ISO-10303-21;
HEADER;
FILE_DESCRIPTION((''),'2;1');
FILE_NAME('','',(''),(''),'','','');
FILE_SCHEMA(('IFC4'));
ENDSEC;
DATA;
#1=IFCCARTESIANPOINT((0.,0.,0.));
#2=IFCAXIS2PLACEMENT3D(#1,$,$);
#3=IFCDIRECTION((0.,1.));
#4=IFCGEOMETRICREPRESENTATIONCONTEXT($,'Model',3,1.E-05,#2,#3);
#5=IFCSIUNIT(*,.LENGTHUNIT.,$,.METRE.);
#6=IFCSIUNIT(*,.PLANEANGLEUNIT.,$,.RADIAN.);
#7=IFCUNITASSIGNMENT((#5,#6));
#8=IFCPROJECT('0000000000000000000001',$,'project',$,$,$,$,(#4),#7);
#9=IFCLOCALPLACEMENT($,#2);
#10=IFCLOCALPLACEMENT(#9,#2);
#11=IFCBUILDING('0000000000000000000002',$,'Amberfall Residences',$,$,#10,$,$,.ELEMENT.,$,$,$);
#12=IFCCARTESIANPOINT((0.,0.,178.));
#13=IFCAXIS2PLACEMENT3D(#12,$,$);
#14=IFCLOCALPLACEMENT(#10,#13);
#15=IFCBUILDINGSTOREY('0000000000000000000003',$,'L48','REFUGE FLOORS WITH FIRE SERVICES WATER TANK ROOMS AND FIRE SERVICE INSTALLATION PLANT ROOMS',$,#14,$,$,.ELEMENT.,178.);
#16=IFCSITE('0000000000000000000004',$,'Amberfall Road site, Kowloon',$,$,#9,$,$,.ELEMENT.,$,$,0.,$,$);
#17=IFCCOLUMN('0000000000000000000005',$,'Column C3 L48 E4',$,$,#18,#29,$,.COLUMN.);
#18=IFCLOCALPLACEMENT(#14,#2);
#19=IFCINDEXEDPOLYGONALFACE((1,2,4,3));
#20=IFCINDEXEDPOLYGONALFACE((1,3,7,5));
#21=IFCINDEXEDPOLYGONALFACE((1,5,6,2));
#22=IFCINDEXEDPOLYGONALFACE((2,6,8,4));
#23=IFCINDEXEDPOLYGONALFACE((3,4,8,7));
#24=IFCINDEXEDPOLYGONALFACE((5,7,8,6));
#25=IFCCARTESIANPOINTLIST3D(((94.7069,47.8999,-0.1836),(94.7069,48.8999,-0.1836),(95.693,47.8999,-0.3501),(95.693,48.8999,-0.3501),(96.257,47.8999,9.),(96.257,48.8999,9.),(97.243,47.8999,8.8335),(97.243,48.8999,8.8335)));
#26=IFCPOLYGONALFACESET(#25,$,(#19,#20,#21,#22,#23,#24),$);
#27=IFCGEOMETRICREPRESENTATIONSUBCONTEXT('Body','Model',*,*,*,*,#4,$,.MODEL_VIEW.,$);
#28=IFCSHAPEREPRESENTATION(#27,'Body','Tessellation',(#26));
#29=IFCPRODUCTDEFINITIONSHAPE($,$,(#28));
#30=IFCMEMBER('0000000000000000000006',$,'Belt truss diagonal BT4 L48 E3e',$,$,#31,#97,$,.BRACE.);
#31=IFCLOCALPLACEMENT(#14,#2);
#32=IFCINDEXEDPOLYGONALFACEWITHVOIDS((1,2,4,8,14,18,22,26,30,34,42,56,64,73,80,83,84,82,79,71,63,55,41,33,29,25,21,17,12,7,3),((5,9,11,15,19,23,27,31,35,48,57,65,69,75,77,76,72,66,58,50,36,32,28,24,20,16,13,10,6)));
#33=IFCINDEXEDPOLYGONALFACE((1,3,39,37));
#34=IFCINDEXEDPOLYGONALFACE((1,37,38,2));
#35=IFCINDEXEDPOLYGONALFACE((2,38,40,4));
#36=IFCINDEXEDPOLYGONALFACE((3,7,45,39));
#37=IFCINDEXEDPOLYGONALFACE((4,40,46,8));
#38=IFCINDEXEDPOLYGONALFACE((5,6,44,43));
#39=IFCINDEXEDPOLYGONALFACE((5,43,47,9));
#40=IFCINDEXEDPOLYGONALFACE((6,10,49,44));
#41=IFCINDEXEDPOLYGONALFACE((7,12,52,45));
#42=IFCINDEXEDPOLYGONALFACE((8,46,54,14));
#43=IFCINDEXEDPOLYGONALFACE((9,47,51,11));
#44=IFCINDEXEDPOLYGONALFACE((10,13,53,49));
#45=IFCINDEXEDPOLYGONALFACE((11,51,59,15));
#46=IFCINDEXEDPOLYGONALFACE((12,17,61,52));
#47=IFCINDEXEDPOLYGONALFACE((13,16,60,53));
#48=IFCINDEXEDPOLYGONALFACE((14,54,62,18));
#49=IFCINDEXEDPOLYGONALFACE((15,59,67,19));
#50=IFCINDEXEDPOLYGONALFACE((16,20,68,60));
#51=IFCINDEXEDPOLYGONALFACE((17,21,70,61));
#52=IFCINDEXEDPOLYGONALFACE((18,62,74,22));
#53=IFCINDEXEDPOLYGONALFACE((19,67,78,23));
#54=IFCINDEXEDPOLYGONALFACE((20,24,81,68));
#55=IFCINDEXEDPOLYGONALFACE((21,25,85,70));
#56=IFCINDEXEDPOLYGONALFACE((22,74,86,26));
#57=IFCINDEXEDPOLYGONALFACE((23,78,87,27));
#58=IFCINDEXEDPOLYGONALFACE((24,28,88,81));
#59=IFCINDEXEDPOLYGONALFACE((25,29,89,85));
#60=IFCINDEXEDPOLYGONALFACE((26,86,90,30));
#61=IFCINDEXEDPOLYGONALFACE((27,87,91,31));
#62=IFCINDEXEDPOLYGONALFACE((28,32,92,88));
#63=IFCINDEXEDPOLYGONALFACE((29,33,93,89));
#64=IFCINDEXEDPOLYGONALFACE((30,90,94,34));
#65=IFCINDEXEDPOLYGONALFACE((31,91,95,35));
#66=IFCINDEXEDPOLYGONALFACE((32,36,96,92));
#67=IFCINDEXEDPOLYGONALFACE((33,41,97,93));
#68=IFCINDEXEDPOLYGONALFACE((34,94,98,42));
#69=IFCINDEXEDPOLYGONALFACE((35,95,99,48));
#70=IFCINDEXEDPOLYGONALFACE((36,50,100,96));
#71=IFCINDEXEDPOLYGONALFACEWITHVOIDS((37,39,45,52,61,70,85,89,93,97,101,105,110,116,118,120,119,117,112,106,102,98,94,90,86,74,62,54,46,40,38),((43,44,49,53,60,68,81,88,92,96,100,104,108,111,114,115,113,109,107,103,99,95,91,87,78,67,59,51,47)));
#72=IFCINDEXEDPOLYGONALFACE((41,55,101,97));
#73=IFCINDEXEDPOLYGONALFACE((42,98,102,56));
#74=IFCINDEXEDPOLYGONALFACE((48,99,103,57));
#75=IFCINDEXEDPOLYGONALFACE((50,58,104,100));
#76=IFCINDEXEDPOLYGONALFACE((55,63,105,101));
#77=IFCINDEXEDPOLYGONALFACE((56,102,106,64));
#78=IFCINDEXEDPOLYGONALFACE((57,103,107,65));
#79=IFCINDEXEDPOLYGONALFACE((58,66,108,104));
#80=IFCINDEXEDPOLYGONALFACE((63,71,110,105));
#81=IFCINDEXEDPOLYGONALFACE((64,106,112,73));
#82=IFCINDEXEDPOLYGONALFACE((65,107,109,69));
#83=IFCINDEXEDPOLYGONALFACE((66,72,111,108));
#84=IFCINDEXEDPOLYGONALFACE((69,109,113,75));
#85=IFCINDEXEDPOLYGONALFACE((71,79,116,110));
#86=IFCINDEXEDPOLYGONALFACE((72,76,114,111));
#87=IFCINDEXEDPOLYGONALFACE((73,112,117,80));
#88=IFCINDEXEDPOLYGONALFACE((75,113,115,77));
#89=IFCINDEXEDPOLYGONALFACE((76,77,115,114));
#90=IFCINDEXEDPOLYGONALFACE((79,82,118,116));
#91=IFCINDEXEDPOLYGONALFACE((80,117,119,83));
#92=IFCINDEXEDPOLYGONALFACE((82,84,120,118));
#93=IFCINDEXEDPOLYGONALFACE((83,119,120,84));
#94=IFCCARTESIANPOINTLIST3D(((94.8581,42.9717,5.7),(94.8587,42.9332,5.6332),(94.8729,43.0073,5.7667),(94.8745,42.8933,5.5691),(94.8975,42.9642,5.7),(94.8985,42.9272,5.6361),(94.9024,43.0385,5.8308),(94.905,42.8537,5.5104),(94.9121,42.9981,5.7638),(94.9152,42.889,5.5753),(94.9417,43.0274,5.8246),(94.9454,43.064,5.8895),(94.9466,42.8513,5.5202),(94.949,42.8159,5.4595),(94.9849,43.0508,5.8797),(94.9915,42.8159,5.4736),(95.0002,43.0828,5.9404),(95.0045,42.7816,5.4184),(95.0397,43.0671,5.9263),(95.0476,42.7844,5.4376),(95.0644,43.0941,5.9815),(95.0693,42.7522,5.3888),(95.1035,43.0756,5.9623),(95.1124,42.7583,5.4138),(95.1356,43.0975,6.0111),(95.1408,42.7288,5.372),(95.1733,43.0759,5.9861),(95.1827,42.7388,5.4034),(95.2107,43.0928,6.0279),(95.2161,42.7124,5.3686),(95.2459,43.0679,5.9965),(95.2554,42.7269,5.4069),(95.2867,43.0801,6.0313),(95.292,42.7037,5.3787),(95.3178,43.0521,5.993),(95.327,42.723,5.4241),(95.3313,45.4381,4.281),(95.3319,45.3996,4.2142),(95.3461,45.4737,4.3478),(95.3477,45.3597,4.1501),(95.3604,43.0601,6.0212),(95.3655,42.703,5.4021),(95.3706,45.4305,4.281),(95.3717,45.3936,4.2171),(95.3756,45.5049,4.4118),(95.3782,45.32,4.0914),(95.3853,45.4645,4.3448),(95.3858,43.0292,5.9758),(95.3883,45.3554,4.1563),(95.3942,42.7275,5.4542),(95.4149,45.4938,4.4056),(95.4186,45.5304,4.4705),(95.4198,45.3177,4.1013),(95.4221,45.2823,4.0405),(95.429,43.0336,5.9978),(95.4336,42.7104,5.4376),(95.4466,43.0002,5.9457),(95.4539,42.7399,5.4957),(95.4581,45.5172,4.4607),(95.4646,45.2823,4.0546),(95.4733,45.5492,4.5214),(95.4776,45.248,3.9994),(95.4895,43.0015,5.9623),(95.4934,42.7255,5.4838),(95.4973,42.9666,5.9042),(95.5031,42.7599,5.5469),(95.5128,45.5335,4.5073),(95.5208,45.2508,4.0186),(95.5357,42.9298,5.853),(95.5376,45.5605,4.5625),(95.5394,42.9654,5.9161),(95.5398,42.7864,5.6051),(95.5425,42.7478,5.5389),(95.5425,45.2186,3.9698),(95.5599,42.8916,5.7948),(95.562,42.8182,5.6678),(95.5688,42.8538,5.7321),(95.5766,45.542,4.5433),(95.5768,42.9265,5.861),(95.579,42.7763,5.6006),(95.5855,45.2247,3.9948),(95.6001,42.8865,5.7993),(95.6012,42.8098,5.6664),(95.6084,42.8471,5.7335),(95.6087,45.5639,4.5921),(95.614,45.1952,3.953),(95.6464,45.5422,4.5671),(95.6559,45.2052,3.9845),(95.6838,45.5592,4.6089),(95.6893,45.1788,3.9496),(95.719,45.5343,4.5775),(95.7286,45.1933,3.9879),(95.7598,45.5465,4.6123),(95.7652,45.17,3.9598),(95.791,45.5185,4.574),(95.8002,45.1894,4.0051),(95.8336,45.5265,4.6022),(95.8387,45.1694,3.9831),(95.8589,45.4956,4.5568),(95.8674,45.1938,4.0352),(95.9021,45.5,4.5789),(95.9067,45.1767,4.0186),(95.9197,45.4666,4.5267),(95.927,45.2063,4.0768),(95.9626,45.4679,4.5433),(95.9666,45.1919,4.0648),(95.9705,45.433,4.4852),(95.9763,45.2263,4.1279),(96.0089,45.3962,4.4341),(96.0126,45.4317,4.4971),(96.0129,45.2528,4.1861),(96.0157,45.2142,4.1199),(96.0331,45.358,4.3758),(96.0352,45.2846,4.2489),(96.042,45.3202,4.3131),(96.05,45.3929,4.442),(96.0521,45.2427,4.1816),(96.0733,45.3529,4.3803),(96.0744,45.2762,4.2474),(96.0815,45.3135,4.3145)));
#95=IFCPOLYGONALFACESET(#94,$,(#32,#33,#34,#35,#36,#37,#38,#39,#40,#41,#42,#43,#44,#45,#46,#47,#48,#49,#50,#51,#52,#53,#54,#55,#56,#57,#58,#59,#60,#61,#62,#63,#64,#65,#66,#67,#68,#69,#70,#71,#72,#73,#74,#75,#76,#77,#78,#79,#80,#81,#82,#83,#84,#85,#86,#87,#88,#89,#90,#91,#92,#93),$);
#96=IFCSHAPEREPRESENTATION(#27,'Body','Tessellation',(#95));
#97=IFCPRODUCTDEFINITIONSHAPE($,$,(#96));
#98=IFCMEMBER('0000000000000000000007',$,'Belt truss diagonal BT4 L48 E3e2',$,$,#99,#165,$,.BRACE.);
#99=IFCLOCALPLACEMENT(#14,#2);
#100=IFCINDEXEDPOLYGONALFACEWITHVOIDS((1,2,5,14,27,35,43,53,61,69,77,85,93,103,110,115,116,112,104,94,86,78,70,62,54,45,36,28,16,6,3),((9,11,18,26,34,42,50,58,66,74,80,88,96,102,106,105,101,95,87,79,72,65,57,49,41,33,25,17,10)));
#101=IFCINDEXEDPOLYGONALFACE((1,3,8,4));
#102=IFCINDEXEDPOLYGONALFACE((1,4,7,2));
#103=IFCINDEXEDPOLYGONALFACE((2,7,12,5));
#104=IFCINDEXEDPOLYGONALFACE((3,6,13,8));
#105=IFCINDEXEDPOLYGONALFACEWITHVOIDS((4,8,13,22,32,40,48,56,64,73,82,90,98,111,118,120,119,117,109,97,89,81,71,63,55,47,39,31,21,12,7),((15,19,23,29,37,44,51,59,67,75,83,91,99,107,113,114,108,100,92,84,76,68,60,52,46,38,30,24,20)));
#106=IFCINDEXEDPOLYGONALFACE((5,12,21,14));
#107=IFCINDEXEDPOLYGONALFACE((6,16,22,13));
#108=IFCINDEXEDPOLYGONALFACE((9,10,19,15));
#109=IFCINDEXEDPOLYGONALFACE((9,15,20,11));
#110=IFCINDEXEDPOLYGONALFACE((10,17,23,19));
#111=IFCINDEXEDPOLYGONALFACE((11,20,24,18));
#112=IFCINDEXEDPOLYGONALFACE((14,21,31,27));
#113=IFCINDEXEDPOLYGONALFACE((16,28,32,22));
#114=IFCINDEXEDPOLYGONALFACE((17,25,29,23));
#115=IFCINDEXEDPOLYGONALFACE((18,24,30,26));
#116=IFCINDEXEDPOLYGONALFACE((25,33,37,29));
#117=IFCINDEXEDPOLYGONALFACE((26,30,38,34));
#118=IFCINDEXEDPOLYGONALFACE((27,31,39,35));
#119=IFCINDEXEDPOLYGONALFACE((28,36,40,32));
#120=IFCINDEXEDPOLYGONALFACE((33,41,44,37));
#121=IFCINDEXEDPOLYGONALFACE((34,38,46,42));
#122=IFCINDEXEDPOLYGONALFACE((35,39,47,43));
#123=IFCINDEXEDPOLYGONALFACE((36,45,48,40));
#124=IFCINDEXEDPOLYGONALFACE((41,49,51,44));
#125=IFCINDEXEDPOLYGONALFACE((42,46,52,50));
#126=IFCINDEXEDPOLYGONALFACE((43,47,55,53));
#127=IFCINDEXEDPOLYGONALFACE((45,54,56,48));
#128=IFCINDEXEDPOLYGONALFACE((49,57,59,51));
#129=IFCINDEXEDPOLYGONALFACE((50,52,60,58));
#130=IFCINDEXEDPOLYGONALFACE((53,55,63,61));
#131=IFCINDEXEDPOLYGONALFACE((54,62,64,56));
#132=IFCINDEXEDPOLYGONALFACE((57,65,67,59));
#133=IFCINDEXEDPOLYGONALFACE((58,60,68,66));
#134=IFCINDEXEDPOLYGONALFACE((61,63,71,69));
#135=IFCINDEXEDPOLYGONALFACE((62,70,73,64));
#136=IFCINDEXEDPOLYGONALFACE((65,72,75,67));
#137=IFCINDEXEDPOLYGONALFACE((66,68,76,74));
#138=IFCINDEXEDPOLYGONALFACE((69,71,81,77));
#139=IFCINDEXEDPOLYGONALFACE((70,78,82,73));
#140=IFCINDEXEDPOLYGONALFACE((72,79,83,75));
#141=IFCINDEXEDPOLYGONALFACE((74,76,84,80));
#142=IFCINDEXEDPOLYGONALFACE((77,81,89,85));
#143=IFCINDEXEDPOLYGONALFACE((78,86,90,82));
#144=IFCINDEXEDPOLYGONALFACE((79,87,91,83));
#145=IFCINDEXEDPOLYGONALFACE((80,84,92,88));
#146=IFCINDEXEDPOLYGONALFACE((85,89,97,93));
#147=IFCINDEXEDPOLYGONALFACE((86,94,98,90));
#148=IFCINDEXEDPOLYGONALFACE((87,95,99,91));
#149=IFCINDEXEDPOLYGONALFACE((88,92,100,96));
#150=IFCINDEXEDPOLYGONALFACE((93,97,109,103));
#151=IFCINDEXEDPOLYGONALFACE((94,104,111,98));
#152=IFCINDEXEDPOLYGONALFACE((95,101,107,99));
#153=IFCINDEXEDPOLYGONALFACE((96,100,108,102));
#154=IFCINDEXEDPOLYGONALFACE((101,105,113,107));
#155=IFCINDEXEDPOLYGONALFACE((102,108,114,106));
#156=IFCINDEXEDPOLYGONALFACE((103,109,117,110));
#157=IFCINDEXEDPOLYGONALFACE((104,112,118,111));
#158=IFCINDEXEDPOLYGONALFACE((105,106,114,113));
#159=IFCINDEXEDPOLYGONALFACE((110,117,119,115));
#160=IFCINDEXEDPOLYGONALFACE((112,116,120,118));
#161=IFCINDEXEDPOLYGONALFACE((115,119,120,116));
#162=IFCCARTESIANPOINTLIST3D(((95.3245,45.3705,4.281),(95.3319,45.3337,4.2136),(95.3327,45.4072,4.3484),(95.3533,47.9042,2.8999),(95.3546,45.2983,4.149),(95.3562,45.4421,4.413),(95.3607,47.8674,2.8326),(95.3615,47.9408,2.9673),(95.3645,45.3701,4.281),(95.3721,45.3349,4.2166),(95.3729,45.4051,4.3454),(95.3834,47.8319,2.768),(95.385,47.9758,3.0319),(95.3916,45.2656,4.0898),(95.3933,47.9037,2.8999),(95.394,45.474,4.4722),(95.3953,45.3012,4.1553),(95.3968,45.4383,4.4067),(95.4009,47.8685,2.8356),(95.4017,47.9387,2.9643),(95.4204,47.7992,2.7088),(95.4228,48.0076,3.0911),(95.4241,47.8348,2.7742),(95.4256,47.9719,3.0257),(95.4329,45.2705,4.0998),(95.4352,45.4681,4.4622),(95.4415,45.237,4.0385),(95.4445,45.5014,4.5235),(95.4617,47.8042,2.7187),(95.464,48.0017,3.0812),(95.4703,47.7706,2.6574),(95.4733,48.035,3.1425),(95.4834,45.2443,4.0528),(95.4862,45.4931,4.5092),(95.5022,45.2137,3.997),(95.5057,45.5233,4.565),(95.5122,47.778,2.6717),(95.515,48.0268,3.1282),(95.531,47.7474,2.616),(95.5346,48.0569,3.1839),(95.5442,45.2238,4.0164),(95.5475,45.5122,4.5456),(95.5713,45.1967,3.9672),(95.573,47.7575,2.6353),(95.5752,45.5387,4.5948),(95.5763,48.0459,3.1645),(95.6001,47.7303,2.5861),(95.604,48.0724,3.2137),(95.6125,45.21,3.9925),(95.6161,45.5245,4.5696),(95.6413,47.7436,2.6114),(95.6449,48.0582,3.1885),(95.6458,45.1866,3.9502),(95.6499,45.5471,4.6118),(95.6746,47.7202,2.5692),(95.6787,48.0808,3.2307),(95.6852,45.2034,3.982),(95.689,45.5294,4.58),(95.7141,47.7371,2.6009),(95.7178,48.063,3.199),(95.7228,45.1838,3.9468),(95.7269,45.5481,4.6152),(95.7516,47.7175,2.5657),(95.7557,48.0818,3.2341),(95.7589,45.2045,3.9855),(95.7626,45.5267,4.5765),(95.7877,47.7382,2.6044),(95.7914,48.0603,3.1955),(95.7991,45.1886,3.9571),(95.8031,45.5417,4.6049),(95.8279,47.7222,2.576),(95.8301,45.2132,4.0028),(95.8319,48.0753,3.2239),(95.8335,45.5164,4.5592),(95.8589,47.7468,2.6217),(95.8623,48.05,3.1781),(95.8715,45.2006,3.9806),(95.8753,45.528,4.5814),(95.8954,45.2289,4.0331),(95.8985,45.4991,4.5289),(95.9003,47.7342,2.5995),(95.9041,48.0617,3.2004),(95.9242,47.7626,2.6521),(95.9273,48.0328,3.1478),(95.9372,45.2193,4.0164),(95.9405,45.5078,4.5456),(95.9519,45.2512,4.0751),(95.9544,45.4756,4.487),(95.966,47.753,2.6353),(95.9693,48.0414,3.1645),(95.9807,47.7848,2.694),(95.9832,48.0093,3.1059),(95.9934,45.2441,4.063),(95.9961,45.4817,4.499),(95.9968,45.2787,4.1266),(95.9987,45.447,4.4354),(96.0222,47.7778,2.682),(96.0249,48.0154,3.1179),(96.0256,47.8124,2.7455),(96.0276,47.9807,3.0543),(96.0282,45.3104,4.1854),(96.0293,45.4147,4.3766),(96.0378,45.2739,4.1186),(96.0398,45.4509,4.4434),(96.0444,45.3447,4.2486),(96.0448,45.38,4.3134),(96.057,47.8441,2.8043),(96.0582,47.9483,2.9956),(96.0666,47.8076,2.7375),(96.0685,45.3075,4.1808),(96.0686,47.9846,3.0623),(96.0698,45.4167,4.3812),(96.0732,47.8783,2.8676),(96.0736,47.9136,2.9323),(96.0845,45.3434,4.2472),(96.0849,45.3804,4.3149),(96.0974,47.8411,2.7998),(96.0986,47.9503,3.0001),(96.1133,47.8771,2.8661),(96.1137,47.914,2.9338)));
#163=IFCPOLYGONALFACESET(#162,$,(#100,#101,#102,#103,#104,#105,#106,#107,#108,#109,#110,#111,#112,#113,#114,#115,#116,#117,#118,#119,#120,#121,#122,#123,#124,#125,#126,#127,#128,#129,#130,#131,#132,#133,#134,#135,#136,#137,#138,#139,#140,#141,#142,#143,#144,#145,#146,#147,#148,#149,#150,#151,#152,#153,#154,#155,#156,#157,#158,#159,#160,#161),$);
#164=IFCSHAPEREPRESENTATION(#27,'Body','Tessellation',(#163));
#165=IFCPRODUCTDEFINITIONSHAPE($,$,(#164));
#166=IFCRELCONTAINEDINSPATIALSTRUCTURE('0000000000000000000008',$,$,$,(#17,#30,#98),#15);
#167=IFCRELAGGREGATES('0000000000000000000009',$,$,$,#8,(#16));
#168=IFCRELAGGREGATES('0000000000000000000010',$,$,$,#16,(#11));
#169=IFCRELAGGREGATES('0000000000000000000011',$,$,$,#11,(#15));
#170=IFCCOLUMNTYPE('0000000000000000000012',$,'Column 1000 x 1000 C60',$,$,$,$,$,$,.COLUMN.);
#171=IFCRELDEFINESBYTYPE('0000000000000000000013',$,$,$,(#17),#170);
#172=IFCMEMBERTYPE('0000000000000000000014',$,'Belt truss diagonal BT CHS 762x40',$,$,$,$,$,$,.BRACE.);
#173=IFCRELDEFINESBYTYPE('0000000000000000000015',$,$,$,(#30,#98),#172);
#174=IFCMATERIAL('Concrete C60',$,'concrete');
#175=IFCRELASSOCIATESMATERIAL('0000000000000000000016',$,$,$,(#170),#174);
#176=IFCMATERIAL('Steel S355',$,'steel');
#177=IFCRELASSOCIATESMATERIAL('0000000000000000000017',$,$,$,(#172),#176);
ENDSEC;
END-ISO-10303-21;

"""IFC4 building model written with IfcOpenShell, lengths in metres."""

from ifc_helpers import new_model, si_unit, direction, frame, origin, origin_2d, place, context, subcontext, project, spatial, rectangle, hollow_circle, extrude, material, material_profile, profile_set, type_object, element, save


model = new_model("IFC4")

# Units and contexts
model_context = context("Model", 3, precision=1e-05, world=origin(), true_north=direction((0.0, 1.0)))
body_context = subcontext(model_context, "Body", "Model", "MODEL_VIEW")
ifc_project = project(units=[si_unit("LENGTHUNIT", "METRE"), si_unit("PLANEANGLEUNIT", "RADIAN")], contexts=[model_context])

# Site, building, storey
site_placement = place(None, origin())
site = spatial("IfcSite", under=ifc_project, at=site_placement, Name="Amberfall Road site, Kowloon", CompositionType="ELEMENT", RefElevation=0.0)
building_placement = place(site_placement, origin())
building = spatial("IfcBuilding", under=site, at=building_placement, Name="Amberfall Residences", CompositionType="ELEMENT")
storey_placement = place(building_placement, frame((0.0, 0.0, 178.0)))
storey = spatial("IfcBuildingStorey", under=building, at=storey_placement, Name="L48", Description="REFUGE FLOORS WITH FIRE SERVICES WATER TANK ROOMS AND FIRE SERVICE INSTALLATION PLANT ROOMS", CompositionType="ELEMENT", Elevation=178.0)

# Column
ifc_material_1 = material(Name="Concrete C60", Category="concrete")
ifc_material_profile_1 = material_profile(ifc_material_1, rectangle(XDim=1.0, YDim=1.0, at=origin_2d()), Name="Column 1000 x 1000 C60")
ifc_profile_set_1 = profile_set([ifc_material_profile_1], Name="Concrete C60")
column_type = type_object("IfcColumnType", Name="Column 1000 x 1000 C60", PredefinedType="COLUMN", material=ifc_profile_set_1)
column_placement = place(storey_placement, frame((95.2, 48.3999, -0.2668), z_axis=(0.166431, 0.0, 0.986053), x_axis=(0.0, 1.0, 0.0)))
element("IfcColumn", 1, at=column_placement, inside=storey, type_object=column_type, Name="Column C3 L48 E4", PredefinedType="COLUMN", context=body_context, shape_type="SweptSolid", body=[
    extrude(rectangle(XDim=1.0, YDim=1.0, at=origin_2d()), origin(), (0.0, 0.0, 1.0), 9.3135),
])

# Members
ifc_material_2 = material(Name="Steel S355", Category="steel")
ifc_material_profile_2 = material_profile(ifc_material_2, hollow_circle(Radius=0.3811, WallThickness=0.04, at=origin_2d()), Name="CHS 762x40")
ifc_profile_set_2 = profile_set([ifc_material_profile_2], Name="Steel S355")
member_type_1 = type_object("IfcMemberType", Name="Belt truss diagonal BT CHS 762x40", PredefinedType="BRACE", material=ifc_profile_set_2)
member_1_placement = place(storey_placement, frame((95.2324, 42.8999, 5.7), z_axis=(0.164034, 0.855041, -0.491932), x_axis=(-0.982091, 0.188407, 0.0)))
element("IfcMember", 2, at=member_1_placement, inside=storey, type_object=member_type_1, Name="Belt truss diagonal BT4 L48 E3e", PredefinedType="BRACE", context=body_context, shape_type="SweptSolid", body=[
    extrude(hollow_circle(Radius=0.3811, WallThickness=0.04, at=origin_2d()), origin(), (0.0, 0.0, 1.0), 2.8845),
])
member_2_placement = place(storey_placement, frame((95.7056, 45.3662, 4.281), z_axis=(0.009983, 0.877984, -0.478585), x_axis=(-0.999935, 0.011369, 0.0)))
element("IfcMember", 3, at=member_2_placement, inside=storey, type_object=member_type_1, Name="Belt truss diagonal BT4 L48 E3e2", PredefinedType="BRACE", context=body_context, shape_type="SweptSolid", body=[
    extrude(hollow_circle(Radius=0.3811, WallThickness=0.04, at=origin_2d()), origin(), (0.0, 0.0, 1.0), 2.8857),
])

save(model, "model.ifc")
